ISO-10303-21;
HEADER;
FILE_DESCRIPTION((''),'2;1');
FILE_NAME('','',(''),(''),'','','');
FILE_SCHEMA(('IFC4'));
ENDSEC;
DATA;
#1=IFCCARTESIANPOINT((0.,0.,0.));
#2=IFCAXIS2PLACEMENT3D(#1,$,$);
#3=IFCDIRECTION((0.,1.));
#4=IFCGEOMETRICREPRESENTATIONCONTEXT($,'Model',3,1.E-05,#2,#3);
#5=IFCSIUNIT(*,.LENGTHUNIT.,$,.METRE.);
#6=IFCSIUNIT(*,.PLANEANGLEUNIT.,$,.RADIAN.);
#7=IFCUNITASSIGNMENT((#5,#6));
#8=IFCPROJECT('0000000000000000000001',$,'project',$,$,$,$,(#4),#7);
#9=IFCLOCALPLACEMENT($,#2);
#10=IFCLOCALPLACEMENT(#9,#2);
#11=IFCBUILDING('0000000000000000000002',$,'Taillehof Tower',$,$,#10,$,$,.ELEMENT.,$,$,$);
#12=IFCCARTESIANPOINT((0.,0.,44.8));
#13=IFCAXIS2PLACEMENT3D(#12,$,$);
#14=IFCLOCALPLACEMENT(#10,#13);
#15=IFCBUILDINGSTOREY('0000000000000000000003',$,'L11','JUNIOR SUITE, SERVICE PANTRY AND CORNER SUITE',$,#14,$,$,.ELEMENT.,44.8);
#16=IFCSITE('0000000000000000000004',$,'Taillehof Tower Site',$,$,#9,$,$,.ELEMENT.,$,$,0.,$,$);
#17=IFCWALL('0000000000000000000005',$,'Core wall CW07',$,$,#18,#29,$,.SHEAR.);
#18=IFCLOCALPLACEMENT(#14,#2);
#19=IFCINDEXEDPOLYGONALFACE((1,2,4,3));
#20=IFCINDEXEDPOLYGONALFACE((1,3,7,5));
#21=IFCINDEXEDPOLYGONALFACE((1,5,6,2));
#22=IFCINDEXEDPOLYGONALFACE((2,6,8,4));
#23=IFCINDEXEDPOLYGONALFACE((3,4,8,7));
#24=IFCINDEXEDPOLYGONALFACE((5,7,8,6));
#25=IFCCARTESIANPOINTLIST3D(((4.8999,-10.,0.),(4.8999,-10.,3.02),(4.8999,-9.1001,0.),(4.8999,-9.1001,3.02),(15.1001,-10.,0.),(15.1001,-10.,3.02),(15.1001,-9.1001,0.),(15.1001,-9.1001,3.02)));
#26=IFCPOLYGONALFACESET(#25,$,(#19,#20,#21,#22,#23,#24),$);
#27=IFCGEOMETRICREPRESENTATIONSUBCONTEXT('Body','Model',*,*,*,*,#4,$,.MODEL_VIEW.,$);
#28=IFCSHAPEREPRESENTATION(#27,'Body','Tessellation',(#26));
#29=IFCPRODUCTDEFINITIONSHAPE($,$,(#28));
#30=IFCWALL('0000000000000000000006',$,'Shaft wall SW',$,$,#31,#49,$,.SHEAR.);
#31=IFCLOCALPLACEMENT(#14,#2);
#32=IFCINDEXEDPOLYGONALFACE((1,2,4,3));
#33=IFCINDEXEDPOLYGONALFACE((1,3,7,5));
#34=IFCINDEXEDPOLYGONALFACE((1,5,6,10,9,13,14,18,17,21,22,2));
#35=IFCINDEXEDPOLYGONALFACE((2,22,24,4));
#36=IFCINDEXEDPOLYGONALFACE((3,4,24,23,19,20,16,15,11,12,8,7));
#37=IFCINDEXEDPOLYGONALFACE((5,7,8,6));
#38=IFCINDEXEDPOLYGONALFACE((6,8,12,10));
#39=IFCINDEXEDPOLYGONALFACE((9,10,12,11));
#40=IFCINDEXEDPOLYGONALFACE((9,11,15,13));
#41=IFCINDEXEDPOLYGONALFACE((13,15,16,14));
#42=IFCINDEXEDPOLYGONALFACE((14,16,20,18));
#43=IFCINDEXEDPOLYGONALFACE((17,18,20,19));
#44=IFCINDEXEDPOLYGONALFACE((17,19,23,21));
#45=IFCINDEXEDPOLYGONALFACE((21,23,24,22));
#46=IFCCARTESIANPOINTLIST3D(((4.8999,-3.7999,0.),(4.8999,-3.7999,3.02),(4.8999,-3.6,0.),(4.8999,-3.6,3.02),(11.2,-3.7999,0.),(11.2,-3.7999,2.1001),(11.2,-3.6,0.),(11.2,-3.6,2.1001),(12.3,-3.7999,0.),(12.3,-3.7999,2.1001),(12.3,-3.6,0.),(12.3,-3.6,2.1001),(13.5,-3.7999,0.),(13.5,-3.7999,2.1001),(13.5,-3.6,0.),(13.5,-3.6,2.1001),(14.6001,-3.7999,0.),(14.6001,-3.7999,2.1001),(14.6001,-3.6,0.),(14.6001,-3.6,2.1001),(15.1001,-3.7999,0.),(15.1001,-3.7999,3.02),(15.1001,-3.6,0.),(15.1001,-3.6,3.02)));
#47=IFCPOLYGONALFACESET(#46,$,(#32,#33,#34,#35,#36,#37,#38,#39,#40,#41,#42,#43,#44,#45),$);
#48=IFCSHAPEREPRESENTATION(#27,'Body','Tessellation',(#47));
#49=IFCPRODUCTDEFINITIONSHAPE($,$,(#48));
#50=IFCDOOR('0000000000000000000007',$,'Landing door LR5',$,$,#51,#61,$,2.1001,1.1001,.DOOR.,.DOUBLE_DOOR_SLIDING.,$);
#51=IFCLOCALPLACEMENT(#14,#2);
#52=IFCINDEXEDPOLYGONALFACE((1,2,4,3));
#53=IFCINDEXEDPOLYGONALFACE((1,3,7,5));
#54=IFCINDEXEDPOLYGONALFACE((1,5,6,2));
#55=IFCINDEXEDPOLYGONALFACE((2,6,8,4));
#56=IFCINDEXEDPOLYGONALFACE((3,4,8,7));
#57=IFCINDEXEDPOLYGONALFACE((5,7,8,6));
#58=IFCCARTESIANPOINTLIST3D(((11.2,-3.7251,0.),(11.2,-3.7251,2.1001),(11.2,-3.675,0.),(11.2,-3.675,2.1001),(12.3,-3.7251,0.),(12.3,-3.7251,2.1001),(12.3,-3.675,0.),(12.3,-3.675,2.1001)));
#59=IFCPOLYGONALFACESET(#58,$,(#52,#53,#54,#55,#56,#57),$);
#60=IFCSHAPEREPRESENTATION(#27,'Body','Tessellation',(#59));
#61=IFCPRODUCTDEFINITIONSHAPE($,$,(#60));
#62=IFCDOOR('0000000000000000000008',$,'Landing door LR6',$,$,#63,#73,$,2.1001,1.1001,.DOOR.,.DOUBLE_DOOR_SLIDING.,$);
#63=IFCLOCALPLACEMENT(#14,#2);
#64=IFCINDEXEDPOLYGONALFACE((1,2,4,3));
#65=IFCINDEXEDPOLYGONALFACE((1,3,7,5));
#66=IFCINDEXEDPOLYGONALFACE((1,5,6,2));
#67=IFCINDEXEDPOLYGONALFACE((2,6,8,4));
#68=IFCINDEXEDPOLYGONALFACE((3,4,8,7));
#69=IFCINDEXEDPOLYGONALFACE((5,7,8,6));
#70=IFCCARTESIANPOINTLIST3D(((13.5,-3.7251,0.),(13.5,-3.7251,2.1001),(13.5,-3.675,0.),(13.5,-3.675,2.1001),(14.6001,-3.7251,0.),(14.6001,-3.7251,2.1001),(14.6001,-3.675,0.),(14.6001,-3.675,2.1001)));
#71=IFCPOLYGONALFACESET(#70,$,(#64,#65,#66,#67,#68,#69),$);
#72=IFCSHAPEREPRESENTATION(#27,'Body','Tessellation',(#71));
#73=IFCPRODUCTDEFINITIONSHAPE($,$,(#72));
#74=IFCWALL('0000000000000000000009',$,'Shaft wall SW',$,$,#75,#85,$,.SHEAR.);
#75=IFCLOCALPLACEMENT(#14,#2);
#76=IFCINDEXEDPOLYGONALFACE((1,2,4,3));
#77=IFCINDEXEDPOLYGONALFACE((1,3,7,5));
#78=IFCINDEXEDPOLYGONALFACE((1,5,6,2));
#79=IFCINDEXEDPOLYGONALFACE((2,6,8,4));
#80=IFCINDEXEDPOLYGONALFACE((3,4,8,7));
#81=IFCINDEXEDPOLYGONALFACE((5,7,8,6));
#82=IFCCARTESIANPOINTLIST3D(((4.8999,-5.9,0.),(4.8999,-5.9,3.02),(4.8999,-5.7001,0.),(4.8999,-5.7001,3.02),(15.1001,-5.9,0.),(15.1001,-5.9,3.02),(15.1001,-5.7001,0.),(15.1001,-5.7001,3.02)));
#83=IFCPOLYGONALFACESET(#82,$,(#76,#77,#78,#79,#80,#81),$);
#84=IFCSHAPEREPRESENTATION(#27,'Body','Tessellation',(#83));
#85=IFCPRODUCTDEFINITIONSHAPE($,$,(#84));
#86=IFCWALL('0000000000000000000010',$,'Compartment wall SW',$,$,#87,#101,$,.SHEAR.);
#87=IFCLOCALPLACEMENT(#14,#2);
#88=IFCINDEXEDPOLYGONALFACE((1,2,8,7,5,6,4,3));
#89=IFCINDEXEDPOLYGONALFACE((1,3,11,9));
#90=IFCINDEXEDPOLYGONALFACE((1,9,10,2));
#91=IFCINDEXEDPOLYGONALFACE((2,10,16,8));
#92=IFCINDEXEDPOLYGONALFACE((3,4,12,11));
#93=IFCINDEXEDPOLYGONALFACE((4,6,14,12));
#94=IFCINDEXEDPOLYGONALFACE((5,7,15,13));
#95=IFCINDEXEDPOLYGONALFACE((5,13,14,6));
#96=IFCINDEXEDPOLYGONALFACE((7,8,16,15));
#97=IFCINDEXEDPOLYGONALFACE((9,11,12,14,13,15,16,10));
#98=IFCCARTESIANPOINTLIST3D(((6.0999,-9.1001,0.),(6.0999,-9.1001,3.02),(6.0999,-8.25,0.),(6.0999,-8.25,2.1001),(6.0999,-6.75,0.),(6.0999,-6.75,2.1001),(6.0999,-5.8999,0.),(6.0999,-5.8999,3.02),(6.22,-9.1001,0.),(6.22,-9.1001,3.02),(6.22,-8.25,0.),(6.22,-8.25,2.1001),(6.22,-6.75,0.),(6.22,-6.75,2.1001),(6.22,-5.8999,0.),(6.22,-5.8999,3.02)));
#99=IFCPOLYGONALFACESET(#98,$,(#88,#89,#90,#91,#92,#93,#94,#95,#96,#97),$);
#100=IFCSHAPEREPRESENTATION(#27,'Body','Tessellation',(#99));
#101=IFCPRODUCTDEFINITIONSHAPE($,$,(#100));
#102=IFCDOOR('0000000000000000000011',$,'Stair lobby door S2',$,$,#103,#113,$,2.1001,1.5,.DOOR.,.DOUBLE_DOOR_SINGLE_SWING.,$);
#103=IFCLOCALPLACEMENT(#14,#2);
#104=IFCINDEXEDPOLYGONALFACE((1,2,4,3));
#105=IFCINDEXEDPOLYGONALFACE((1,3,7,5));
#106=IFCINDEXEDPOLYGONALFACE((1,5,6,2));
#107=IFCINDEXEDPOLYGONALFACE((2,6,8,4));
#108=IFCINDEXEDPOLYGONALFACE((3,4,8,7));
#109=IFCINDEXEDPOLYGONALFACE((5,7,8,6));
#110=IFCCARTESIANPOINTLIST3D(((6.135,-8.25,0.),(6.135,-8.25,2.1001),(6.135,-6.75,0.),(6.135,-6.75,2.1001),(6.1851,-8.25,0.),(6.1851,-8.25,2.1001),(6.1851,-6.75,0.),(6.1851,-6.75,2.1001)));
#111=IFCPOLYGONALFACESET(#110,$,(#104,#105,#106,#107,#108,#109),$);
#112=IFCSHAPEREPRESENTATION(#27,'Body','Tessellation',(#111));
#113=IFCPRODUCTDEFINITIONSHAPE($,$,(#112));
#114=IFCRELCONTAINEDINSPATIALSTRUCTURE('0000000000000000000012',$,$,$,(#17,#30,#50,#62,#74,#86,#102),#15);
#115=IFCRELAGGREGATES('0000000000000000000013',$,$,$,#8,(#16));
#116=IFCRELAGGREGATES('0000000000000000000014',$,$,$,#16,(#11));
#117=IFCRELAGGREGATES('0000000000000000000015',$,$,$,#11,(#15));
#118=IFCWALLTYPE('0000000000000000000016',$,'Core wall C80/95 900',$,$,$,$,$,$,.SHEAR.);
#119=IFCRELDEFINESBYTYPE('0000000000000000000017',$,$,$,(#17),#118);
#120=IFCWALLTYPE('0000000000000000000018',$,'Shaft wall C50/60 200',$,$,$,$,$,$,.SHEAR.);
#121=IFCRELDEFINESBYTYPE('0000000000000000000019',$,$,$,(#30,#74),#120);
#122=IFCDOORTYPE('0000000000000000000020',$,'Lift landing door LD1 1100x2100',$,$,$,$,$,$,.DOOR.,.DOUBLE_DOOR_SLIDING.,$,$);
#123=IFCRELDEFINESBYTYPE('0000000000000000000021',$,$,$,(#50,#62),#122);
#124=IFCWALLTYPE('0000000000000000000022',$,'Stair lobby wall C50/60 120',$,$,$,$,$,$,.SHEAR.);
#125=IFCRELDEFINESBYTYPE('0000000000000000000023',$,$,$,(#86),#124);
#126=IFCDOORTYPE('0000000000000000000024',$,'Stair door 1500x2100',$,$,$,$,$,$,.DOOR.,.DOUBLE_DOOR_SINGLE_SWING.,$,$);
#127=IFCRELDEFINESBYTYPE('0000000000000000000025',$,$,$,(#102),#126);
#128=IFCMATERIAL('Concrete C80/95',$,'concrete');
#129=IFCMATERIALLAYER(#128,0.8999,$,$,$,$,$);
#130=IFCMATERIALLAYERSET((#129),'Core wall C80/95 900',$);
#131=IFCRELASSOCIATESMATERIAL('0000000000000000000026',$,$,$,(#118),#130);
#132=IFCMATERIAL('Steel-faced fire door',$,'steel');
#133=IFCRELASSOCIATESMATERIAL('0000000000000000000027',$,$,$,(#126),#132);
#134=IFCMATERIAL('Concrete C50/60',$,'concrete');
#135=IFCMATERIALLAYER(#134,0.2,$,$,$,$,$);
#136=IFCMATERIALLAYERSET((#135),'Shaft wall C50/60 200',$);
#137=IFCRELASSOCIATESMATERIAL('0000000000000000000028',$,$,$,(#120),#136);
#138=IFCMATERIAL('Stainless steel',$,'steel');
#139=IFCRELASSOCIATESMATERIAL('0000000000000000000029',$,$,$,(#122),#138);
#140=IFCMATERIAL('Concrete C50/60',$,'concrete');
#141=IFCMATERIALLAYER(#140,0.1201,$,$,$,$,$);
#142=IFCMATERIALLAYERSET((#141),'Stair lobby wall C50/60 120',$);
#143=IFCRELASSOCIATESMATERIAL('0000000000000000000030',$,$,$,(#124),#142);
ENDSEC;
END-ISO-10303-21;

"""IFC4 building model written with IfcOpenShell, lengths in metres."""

from ifc_helpers import new_model, si_unit, direction, frame, frame_2d, origin, place, context, subcontext, project, spatial, rectangle, extrude, material, layer, layer_set, type_object, element, fill, save


model = new_model("IFC4")

# Units and contexts
model_context = context("Model", 3, precision=1e-05, world=origin(), true_north=direction((0.0, 1.0)))
body_context = subcontext(model_context, "Body", "Model", "MODEL_VIEW")
ifc_project = project(units=[si_unit("LENGTHUNIT", "METRE"), si_unit("PLANEANGLEUNIT", "RADIAN")], contexts=[model_context])

# Site, building, storey
site_placement = place(None, origin())
site = spatial("IfcSite", under=ifc_project, at=site_placement, Name="Taillehof Tower Site", CompositionType="ELEMENT", RefElevation=0.0)
building_placement = place(site_placement, origin())
building = spatial("IfcBuilding", under=site, at=building_placement, Name="Taillehof Tower", CompositionType="ELEMENT")
storey_placement = place(building_placement, frame((0.0, 0.0, 44.8)))
storey = spatial("IfcBuildingStorey", under=building, at=storey_placement, Name="L11", Description="JUNIOR SUITE, SERVICE PANTRY AND CORNER SUITE", CompositionType="ELEMENT", Elevation=44.8)

# Shared definitions
ifc_material_1 = material(Name="Concrete C80/95", Category="concrete")
ifc_layer_1 = layer(ifc_material_1, 0.8999)
ifc_layer_set_1 = layer_set([ifc_layer_1], Name="Core wall C80/95 900")
wall_type_1 = type_object("IfcWallType", Name="Core wall C80/95 900", PredefinedType="SHEAR", material=ifc_layer_set_1)
ifc_material_2 = material(Name="Steel-faced fire door", Category="steel")
door_type_1 = type_object("IfcDoorType", Name="Stair door 1500x2100", OperationType="DOUBLE_DOOR_SINGLE_SWING", PredefinedType="DOOR", material=ifc_material_2)

# Wall
wall_1_placement = place(storey_placement, frame((4.8999, -9.55, 0.0), z_axis=(0.0, 0.0, 1.0), x_axis=(1.0, 0.0, 0.0)))
element("IfcWall", 1, at=wall_1_placement, inside=storey, type_object=wall_type_1, Name="Core wall CW07", PredefinedType="SHEAR", context=body_context, shape_type="SweptSolid", body=[
    extrude(rectangle(XDim=10.2002, YDim=0.8999, at=frame_2d((5.1001, 0.0))), origin(), (0.0, 0.0, 1.0), 3.02),
])

# Wall, openings, doors
ifc_material_3 = material(Name="Concrete C50/60", Category="concrete")
ifc_layer_2 = layer(ifc_material_3, 0.2)
ifc_layer_set_2 = layer_set([ifc_layer_2], Name="Shaft wall C50/60 200")
wall_type_2 = type_object("IfcWallType", Name="Shaft wall C50/60 200", PredefinedType="SHEAR", material=ifc_layer_set_2)
wall_2_placement = place(storey_placement, frame((4.8999, -3.7, 0.0), z_axis=(0.0, 0.0, 1.0), x_axis=(1.0, 0.0, 0.0)))
wall_2 = element("IfcWall", 2, at=wall_2_placement, inside=storey, type_object=wall_type_2, Name="Shaft wall SW", PredefinedType="SHEAR", context=body_context, shape_type="SweptSolid", body=[
    extrude(rectangle(XDim=10.2002, YDim=0.2, at=frame_2d((5.1001, 0.0))), origin(), (0.0, 0.0, 1.0), 3.02),
])
opening_1_placement = place(wall_2_placement, frame((6.3, 0.0, 0.0)))
opening_1 = element("IfcOpeningElement", 3, at=opening_1_placement, cuts=wall_2, PredefinedType="OPENING", context=body_context, shape_type="SweptSolid", body=[
    extrude(rectangle(XDim=1.1001, YDim=2.1001, at=frame_2d((0.55, 1.05))), frame((0.0, 0.1099, 0.0), z_axis=(0.0, -1.0, 0.0), x_axis=(1.0, 0.0, 0.0)), (0.0, 0.0, 1.0), 0.22),
])
opening_2_placement = place(wall_2_placement, frame((8.6001, 0.0, 0.0)))
opening_2 = element("IfcOpeningElement", 4, at=opening_2_placement, cuts=wall_2, PredefinedType="OPENING", context=body_context, shape_type="SweptSolid", body=[
    extrude(rectangle(XDim=1.1001, YDim=2.1001, at=frame_2d((0.55, 1.05))), frame((0.0, 0.1099, 0.0), z_axis=(0.0, -1.0, 0.0), x_axis=(1.0, 0.0, 0.0)), (0.0, 0.0, 1.0), 0.22),
])
ifc_material_4 = material(Name="Stainless steel", Category="steel")
door_type_2 = type_object("IfcDoorType", Name="Lift landing door LD1 1100x2100", OperationType="DOUBLE_DOOR_SLIDING", PredefinedType="DOOR", material=ifc_material_4)
door_1_placement = place(opening_1_placement, origin())
door_1 = element("IfcDoor", 5, at=door_1_placement, inside=storey, type_object=door_type_2, Name="Landing door LR5", OperationType="DOUBLE_DOOR_SLIDING", OverallHeight=2.1001, OverallWidth=1.1001, PredefinedType="DOOR", context=body_context, shape_type="SweptSolid", body=[
    extrude(rectangle(XDim=1.1001, YDim=2.1001, at=frame_2d((0.55, 1.05))), frame((0.0, 0.0249, 0.0), z_axis=(0.0, -1.0, 0.0), x_axis=(1.0, 0.0, 0.0)), (0.0, 0.0, 1.0), 0.05),
])
fill(opening_1, door_1)
door_2_placement = place(opening_2_placement, origin())
door_2 = element("IfcDoor", 6, at=door_2_placement, inside=storey, type_object=door_type_2, Name="Landing door LR6", OperationType="DOUBLE_DOOR_SLIDING", OverallHeight=2.1001, OverallWidth=1.1001, PredefinedType="DOOR", context=body_context, shape_type="SweptSolid", body=[
    extrude(rectangle(XDim=1.1001, YDim=2.1001, at=frame_2d((0.55, 1.05))), frame((0.0, 0.0249, 0.0), z_axis=(0.0, -1.0, 0.0), x_axis=(1.0, 0.0, 0.0)), (0.0, 0.0, 1.0), 0.05),
])
fill(opening_2, door_2)

# Wall
wall_3_placement = place(storey_placement, frame((4.8999, -5.8, 0.0), z_axis=(0.0, 0.0, 1.0), x_axis=(1.0, 0.0, 0.0)))
element("IfcWall", 7, at=wall_3_placement, inside=storey, type_object=wall_type_2, Name="Shaft wall SW", PredefinedType="SHEAR", context=body_context, shape_type="SweptSolid", body=[
    extrude(rectangle(XDim=10.2002, YDim=0.2, at=frame_2d((5.1001, 0.0))), origin(), (0.0, 0.0, 1.0), 3.02),
])

# Wall, opening, door
ifc_material_5 = material(Name="Concrete C50/60", Category="concrete")
ifc_layer_3 = layer(ifc_material_5, 0.1201)
ifc_layer_set_3 = layer_set([ifc_layer_3], Name="Stair lobby wall C50/60 120")
wall_type_3 = type_object("IfcWallType", Name="Stair lobby wall C50/60 120", PredefinedType="SHEAR", material=ifc_layer_set_3)
wall_4_placement = place(storey_placement, frame((6.1599, -9.1001, 0.0), z_axis=(0.0, 0.0, 1.0), x_axis=(0.0, 1.0, 0.0)))
wall_4 = element("IfcWall", 8, at=wall_4_placement, inside=storey, type_object=wall_type_3, Name="Compartment wall SW", PredefinedType="SHEAR", context=body_context, shape_type="SweptSolid", body=[
    extrude(rectangle(XDim=3.2002, YDim=0.1201, at=frame_2d((1.6001, 0.0))), origin(), (0.0, 0.0, 1.0), 3.02),
])
opening_3_placement = place(wall_4_placement, frame((0.8501, 0.0, 0.0)))
opening_3 = element("IfcOpeningElement", 9, at=opening_3_placement, cuts=wall_4, PredefinedType="OPENING", context=body_context, shape_type="SweptSolid", body=[
    extrude(rectangle(XDim=1.5, YDim=2.1001, at=frame_2d((0.75, 1.05))), frame((0.0, 0.0701, 0.0), z_axis=(0.0, -1.0, 0.0), x_axis=(1.0, 0.0, 0.0)), (0.0, 0.0, 1.0), 0.1401),
])
door_3_placement = place(opening_3_placement, origin())
door_3 = element("IfcDoor", 10, at=door_3_placement, inside=storey, type_object=door_type_1, Name="Stair lobby door S2", OperationType="DOUBLE_DOOR_SINGLE_SWING", OverallHeight=2.1001, OverallWidth=1.5, PredefinedType="DOOR", context=body_context, shape_type="SweptSolid", body=[
    extrude(rectangle(XDim=1.5, YDim=2.1001, at=frame_2d((0.75, 1.05))), frame((0.0, 0.0249, 0.0), z_axis=(0.0, -1.0, 0.0), x_axis=(1.0, 0.0, 0.0)), (0.0, 0.0, 1.0), 0.05),
])
fill(opening_3, door_3)

save(model, "model.ifc")
